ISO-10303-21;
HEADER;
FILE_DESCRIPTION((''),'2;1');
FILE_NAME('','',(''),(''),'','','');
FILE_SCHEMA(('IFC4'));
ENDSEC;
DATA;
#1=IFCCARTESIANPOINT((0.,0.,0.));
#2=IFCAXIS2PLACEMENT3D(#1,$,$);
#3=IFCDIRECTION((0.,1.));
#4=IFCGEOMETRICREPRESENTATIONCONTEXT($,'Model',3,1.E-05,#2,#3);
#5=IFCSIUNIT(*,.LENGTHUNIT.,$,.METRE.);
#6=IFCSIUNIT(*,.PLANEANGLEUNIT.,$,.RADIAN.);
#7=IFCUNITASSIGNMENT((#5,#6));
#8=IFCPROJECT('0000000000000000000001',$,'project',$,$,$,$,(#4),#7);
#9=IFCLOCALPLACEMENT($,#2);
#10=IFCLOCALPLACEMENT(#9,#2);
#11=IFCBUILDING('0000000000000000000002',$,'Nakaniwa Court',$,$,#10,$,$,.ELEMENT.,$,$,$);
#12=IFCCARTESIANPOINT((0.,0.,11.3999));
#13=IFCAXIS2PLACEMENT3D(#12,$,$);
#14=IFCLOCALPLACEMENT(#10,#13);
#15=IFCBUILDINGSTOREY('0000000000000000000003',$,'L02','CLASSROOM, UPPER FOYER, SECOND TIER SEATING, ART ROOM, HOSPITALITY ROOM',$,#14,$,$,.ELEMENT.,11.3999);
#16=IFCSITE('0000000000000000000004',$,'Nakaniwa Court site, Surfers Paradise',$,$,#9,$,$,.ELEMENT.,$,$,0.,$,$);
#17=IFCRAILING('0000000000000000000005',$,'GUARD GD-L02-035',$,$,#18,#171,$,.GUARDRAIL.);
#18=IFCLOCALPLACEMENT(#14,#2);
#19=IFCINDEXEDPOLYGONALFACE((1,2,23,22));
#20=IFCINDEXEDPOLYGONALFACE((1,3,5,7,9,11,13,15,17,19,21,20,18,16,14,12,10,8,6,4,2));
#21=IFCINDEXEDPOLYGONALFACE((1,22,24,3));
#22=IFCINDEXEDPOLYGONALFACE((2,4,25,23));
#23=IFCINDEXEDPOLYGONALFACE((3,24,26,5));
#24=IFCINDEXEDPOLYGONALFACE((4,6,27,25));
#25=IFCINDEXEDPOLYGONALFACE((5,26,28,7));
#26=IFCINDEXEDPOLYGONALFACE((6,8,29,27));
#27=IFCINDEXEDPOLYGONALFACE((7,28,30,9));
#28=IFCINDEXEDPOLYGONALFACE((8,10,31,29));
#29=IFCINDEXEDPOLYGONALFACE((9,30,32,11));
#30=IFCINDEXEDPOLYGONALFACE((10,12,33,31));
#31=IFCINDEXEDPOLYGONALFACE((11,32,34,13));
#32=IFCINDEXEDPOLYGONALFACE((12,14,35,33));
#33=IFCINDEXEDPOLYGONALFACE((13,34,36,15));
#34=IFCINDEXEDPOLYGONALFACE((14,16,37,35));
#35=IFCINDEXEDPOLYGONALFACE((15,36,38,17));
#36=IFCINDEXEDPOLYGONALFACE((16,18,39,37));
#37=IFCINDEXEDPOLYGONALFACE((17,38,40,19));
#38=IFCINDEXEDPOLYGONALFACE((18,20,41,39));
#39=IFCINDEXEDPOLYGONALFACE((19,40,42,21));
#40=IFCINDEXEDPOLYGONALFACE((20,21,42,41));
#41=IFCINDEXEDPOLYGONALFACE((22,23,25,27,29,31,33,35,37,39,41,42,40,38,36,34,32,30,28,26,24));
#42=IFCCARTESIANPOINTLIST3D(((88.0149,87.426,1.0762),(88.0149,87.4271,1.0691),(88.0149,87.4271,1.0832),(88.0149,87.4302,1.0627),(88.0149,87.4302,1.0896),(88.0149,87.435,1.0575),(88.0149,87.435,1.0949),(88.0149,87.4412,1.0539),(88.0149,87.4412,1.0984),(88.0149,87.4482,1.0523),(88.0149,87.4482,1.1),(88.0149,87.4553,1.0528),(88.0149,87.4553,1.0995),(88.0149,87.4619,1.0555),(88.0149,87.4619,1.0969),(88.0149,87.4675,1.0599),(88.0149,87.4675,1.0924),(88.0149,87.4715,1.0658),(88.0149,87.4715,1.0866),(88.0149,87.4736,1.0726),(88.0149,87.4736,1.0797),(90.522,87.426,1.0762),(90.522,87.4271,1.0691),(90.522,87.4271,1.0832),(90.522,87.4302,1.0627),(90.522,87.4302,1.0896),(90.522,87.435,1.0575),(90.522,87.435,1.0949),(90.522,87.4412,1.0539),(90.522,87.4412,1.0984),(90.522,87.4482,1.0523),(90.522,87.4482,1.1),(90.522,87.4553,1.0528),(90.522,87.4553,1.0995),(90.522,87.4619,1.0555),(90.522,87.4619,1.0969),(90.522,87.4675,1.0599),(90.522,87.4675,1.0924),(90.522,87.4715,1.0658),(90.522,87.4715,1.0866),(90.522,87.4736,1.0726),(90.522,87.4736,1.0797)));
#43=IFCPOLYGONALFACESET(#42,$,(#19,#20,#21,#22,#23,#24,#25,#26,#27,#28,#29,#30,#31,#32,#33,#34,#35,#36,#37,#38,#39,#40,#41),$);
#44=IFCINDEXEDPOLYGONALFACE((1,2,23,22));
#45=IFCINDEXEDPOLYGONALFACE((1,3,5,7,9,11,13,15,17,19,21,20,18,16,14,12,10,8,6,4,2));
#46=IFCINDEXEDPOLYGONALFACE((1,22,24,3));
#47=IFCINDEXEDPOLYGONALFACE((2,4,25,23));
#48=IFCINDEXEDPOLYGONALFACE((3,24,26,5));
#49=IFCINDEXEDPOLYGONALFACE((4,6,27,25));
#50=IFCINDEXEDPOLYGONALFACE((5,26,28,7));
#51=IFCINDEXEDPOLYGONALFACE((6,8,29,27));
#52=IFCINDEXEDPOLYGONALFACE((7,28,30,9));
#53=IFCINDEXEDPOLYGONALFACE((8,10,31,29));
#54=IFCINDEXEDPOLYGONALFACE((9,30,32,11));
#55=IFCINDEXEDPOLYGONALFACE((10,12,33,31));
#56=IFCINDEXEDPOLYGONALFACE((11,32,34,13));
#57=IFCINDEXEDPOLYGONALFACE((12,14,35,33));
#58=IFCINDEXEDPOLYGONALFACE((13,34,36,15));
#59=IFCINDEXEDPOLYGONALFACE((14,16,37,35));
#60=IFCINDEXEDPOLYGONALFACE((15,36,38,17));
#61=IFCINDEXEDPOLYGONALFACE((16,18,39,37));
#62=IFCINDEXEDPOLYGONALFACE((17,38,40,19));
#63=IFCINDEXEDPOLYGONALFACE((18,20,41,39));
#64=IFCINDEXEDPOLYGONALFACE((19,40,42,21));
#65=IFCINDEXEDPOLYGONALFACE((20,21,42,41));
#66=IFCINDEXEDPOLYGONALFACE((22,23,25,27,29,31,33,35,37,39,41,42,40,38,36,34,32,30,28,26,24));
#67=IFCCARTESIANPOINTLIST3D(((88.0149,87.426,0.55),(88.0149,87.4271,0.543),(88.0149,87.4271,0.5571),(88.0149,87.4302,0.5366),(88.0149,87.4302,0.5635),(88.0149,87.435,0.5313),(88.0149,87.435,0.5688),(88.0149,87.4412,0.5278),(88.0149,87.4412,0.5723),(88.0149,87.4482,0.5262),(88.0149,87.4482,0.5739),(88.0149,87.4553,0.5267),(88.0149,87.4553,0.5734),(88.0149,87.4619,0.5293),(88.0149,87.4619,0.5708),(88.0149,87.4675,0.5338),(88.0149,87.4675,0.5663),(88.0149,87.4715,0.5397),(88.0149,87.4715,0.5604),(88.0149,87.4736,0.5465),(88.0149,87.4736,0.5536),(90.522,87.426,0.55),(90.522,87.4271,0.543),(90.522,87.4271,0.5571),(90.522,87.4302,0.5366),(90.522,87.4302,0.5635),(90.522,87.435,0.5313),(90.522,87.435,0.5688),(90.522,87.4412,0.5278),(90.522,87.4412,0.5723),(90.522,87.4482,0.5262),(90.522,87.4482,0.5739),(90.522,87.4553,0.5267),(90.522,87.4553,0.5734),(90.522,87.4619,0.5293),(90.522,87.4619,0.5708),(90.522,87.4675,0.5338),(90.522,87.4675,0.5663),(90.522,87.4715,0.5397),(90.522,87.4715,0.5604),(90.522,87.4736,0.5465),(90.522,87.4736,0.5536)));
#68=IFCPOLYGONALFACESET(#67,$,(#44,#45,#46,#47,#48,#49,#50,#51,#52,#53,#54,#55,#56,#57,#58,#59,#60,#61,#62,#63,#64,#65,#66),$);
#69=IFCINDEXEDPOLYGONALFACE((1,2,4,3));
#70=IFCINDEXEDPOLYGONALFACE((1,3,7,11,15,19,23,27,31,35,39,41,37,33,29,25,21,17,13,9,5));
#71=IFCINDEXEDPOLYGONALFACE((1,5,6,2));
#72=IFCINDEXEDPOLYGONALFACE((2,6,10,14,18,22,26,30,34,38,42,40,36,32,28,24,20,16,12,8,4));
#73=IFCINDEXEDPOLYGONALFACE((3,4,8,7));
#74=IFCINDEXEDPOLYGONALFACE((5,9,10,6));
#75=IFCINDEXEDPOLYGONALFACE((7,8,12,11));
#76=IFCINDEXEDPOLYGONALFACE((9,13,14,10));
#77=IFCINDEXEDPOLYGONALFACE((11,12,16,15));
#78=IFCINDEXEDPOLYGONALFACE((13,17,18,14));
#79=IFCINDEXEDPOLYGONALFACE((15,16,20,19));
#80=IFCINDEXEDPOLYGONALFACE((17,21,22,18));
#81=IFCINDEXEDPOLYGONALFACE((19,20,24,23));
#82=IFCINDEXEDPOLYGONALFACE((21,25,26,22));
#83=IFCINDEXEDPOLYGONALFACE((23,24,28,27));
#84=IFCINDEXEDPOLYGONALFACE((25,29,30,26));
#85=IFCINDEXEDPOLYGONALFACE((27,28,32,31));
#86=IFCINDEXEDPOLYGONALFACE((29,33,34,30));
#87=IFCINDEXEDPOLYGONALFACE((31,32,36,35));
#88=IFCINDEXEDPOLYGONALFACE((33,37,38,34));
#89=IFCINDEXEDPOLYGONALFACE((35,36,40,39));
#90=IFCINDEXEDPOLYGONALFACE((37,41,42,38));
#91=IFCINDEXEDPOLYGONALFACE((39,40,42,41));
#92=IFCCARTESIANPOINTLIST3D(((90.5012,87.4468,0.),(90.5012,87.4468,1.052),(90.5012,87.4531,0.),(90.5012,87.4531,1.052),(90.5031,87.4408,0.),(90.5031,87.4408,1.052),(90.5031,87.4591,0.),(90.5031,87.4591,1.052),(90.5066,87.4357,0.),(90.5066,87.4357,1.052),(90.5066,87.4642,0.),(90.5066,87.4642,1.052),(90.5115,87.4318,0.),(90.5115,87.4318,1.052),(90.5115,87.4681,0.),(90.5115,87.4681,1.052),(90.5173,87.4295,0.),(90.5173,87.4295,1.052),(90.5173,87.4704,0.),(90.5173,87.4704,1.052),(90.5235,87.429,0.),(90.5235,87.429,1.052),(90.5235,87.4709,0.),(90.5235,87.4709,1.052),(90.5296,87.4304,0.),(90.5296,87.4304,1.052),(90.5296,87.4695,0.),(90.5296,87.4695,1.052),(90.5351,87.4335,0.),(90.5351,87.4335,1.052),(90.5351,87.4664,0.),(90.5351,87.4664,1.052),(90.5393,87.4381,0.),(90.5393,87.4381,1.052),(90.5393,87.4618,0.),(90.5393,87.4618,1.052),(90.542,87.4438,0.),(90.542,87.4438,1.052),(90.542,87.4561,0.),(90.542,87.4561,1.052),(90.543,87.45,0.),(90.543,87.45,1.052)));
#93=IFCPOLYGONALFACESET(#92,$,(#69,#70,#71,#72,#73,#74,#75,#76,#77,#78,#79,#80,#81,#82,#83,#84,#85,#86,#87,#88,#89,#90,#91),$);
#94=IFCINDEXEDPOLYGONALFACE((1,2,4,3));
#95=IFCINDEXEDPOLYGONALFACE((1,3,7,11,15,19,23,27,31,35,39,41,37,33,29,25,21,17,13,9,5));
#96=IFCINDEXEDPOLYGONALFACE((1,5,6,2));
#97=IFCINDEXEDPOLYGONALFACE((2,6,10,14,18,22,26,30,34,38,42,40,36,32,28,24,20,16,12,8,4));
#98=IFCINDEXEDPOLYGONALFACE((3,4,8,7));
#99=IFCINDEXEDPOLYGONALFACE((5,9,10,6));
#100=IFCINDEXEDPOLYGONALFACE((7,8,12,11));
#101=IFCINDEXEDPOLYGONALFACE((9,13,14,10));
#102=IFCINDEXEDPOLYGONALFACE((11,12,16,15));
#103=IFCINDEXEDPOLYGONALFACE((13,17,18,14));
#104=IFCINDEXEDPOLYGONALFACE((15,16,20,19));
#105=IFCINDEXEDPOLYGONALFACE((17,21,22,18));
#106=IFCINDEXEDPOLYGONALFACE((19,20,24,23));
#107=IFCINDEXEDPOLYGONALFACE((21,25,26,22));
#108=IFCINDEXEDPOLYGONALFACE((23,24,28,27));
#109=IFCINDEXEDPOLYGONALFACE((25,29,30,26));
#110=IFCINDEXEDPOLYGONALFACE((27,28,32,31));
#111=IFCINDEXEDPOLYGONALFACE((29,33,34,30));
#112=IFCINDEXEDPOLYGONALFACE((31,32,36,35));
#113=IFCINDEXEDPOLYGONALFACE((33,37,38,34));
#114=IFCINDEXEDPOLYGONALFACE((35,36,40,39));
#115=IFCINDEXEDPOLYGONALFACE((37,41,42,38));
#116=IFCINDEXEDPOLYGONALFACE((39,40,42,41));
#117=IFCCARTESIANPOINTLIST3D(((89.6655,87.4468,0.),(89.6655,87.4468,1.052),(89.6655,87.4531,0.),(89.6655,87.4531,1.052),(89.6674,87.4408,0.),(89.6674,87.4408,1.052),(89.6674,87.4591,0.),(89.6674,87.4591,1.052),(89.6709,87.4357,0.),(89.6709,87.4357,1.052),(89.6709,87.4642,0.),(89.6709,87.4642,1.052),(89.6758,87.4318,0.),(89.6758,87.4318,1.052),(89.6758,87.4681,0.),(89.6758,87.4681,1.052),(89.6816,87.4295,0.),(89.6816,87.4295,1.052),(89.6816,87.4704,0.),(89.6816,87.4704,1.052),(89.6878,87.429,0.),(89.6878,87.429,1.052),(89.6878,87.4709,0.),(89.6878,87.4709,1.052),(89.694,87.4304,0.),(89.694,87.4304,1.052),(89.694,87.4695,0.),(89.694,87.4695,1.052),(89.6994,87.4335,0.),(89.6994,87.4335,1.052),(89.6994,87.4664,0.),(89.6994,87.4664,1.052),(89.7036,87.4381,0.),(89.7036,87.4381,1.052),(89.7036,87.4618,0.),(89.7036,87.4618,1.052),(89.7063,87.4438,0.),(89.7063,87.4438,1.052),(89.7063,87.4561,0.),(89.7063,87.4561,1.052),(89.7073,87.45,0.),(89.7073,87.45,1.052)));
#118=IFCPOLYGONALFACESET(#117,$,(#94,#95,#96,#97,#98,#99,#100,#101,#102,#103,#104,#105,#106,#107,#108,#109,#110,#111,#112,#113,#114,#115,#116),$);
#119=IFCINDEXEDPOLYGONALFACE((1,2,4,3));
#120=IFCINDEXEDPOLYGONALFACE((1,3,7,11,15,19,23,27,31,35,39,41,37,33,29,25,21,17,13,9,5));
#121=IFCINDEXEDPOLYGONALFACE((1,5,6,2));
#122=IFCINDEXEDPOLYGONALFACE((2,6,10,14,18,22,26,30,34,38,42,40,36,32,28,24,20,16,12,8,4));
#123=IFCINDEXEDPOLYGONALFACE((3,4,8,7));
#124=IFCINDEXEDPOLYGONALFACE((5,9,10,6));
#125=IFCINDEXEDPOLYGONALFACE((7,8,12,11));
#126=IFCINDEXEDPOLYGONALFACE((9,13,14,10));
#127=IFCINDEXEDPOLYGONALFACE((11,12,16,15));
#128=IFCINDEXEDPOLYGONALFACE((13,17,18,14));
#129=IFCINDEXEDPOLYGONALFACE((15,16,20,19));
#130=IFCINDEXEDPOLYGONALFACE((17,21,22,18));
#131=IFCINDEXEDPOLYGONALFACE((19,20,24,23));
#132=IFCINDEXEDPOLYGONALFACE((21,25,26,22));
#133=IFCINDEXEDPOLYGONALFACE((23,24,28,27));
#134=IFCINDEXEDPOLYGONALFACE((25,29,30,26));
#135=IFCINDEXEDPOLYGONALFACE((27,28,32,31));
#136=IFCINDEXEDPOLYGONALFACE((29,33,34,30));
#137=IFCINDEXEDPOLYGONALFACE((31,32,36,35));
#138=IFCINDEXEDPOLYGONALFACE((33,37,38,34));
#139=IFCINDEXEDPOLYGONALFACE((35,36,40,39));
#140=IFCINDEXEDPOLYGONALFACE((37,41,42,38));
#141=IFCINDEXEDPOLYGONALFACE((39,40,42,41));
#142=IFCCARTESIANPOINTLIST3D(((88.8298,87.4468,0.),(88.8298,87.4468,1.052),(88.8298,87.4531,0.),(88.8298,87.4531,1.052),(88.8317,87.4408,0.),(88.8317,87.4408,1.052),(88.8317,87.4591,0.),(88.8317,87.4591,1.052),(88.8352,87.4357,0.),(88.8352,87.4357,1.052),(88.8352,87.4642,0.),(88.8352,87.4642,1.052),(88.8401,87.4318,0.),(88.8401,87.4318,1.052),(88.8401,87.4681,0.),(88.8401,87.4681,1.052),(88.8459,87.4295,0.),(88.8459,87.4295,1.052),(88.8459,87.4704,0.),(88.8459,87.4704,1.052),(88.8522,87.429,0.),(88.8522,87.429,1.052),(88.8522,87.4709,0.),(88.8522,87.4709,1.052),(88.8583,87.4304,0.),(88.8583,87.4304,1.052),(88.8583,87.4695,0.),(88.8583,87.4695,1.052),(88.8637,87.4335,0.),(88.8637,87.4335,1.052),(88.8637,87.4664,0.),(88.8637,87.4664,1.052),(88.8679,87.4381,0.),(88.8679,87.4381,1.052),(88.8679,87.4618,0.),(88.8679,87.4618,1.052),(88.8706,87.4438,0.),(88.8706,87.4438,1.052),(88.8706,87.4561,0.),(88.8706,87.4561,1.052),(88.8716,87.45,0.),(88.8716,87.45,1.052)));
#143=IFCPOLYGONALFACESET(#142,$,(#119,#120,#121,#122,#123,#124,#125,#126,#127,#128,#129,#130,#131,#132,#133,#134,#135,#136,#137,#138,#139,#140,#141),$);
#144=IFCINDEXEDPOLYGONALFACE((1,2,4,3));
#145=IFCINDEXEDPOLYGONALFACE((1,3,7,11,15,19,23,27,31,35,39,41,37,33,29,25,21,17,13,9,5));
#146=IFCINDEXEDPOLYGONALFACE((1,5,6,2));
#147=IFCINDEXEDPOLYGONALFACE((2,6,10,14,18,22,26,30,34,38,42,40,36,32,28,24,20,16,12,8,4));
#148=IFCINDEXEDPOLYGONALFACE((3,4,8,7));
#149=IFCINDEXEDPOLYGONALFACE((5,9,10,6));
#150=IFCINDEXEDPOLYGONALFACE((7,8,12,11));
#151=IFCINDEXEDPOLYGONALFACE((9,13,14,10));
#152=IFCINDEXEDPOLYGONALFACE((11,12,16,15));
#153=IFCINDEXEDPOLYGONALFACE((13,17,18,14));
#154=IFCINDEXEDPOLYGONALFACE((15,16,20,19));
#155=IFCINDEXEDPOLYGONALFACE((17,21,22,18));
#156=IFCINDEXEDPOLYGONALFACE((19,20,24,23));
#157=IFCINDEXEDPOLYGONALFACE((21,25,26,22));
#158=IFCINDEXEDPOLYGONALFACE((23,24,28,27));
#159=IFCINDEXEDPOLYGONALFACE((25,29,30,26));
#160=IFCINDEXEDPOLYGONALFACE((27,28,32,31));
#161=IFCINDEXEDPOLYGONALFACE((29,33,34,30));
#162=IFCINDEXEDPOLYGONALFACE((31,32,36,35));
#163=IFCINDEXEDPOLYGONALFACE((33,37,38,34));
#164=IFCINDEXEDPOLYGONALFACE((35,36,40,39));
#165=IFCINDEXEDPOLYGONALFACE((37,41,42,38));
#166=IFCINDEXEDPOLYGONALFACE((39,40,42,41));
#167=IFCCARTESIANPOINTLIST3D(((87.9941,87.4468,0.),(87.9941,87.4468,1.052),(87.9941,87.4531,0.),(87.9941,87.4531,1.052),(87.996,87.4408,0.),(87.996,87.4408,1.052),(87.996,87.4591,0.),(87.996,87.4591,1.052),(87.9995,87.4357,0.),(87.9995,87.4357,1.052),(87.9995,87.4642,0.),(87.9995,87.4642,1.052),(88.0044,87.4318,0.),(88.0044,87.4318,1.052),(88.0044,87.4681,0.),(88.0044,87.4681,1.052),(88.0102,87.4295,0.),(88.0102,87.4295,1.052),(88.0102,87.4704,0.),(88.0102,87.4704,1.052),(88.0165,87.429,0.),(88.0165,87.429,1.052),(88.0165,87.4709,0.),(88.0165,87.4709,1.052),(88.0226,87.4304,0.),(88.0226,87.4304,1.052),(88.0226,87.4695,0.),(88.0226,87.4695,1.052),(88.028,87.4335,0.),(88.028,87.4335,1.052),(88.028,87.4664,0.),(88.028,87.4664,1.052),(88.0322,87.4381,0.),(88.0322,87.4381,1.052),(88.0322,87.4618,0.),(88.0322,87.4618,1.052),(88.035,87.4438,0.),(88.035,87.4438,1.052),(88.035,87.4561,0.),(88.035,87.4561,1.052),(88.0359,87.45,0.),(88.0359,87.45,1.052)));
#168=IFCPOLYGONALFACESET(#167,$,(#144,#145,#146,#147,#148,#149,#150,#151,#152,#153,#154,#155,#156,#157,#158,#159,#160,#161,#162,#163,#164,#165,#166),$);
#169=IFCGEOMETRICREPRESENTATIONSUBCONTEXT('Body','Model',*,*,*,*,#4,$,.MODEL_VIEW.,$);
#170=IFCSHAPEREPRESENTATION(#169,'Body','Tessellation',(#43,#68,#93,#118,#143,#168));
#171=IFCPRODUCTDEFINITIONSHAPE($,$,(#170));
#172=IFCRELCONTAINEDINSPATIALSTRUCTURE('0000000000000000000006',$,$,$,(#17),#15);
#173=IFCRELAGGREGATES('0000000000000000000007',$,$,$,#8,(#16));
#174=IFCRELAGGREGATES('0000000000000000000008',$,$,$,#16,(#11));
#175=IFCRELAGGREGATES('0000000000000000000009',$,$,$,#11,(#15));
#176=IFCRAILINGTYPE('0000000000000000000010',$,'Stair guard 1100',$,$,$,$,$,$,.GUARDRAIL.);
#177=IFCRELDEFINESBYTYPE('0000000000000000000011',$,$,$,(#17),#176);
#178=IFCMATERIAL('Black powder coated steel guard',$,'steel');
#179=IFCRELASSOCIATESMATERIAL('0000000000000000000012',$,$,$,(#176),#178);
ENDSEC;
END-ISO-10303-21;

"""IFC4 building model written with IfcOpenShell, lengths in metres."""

from ifc_helpers import new_model, si_unit, direction, frame, origin, origin_2d, place, context, subcontext, project, spatial, circle, extrude, material, type_object, element, save


model = new_model("IFC4")

# Units and contexts
model_context = context("Model", 3, precision=1e-05, world=origin(), true_north=direction((0.0, 1.0)))
body_context = subcontext(model_context, "Body", "Model", "MODEL_VIEW")
ifc_project = project(units=[si_unit("LENGTHUNIT", "METRE"), si_unit("PLANEANGLEUNIT", "RADIAN")], contexts=[model_context])

# Site, building, storey
site_placement = place(None, origin())
site = spatial("IfcSite", under=ifc_project, at=site_placement, Name="Nakaniwa Court site, Surfers Paradise", CompositionType="ELEMENT", RefElevation=0.0)
building_placement = place(site_placement, origin())
building = spatial("IfcBuilding", under=site, at=building_placement, Name="Nakaniwa Court", CompositionType="ELEMENT")
storey_placement = place(building_placement, frame((0.0, 0.0, 11.3999)))
storey = spatial("IfcBuildingStorey", under=building, at=storey_placement, Name="L02", Description="CLASSROOM, UPPER FOYER, SECOND TIER SEATING, ART ROOM, HOSPITALITY ROOM", CompositionType="ELEMENT", Elevation=11.3999)

# Railing
ifc_material_1 = material(Name="Black powder coated steel guard", Category="steel")
railing_type = type_object("IfcRailingType", Name="Stair guard 1100", PredefinedType="GUARDRAIL", material=ifc_material_1)
railing_1_placement = place(storey_placement, frame((90.522, 87.45, 0.0)))
element("IfcRailing", 1, at=railing_1_placement, inside=storey, type_object=railing_type, Name="GUARD GD-L02-035", PredefinedType="GUARDRAIL", context=body_context, shape_type="SweptSolid", body=[
    extrude(circle(Radius=0.0239, at=origin_2d()), frame((0.0, 0.0, 1.0762), z_axis=(-1.0, 0.0, 0.0), x_axis=(0.0, -1.0, 0.0)), (0.0, 0.0, 1.0), 2.5071),
    extrude(circle(Radius=0.0239, at=origin_2d()), frame((0.0, 0.0, 0.55), z_axis=(-1.0, 0.0, 0.0), x_axis=(0.0, -1.0, 0.0)), (0.0, 0.0, 1.0), 2.5071),
    extrude(circle(Radius=0.021, at=origin_2d()), origin(), (0.0, 0.0, 1.0), 1.052),
    extrude(circle(Radius=0.021, at=origin_2d()), frame((-0.8357, 0.0, 0.0)), (0.0, 0.0, 1.0), 1.052),
    extrude(circle(Radius=0.021, at=origin_2d()), frame((-1.6714, 0.0, 0.0)), (0.0, 0.0, 1.0), 1.052),
    extrude(circle(Radius=0.021, at=origin_2d()), frame((-2.5071, 0.0, 0.0)), (0.0, 0.0, 1.0), 1.052),
])

save(model, "model.ifc")
